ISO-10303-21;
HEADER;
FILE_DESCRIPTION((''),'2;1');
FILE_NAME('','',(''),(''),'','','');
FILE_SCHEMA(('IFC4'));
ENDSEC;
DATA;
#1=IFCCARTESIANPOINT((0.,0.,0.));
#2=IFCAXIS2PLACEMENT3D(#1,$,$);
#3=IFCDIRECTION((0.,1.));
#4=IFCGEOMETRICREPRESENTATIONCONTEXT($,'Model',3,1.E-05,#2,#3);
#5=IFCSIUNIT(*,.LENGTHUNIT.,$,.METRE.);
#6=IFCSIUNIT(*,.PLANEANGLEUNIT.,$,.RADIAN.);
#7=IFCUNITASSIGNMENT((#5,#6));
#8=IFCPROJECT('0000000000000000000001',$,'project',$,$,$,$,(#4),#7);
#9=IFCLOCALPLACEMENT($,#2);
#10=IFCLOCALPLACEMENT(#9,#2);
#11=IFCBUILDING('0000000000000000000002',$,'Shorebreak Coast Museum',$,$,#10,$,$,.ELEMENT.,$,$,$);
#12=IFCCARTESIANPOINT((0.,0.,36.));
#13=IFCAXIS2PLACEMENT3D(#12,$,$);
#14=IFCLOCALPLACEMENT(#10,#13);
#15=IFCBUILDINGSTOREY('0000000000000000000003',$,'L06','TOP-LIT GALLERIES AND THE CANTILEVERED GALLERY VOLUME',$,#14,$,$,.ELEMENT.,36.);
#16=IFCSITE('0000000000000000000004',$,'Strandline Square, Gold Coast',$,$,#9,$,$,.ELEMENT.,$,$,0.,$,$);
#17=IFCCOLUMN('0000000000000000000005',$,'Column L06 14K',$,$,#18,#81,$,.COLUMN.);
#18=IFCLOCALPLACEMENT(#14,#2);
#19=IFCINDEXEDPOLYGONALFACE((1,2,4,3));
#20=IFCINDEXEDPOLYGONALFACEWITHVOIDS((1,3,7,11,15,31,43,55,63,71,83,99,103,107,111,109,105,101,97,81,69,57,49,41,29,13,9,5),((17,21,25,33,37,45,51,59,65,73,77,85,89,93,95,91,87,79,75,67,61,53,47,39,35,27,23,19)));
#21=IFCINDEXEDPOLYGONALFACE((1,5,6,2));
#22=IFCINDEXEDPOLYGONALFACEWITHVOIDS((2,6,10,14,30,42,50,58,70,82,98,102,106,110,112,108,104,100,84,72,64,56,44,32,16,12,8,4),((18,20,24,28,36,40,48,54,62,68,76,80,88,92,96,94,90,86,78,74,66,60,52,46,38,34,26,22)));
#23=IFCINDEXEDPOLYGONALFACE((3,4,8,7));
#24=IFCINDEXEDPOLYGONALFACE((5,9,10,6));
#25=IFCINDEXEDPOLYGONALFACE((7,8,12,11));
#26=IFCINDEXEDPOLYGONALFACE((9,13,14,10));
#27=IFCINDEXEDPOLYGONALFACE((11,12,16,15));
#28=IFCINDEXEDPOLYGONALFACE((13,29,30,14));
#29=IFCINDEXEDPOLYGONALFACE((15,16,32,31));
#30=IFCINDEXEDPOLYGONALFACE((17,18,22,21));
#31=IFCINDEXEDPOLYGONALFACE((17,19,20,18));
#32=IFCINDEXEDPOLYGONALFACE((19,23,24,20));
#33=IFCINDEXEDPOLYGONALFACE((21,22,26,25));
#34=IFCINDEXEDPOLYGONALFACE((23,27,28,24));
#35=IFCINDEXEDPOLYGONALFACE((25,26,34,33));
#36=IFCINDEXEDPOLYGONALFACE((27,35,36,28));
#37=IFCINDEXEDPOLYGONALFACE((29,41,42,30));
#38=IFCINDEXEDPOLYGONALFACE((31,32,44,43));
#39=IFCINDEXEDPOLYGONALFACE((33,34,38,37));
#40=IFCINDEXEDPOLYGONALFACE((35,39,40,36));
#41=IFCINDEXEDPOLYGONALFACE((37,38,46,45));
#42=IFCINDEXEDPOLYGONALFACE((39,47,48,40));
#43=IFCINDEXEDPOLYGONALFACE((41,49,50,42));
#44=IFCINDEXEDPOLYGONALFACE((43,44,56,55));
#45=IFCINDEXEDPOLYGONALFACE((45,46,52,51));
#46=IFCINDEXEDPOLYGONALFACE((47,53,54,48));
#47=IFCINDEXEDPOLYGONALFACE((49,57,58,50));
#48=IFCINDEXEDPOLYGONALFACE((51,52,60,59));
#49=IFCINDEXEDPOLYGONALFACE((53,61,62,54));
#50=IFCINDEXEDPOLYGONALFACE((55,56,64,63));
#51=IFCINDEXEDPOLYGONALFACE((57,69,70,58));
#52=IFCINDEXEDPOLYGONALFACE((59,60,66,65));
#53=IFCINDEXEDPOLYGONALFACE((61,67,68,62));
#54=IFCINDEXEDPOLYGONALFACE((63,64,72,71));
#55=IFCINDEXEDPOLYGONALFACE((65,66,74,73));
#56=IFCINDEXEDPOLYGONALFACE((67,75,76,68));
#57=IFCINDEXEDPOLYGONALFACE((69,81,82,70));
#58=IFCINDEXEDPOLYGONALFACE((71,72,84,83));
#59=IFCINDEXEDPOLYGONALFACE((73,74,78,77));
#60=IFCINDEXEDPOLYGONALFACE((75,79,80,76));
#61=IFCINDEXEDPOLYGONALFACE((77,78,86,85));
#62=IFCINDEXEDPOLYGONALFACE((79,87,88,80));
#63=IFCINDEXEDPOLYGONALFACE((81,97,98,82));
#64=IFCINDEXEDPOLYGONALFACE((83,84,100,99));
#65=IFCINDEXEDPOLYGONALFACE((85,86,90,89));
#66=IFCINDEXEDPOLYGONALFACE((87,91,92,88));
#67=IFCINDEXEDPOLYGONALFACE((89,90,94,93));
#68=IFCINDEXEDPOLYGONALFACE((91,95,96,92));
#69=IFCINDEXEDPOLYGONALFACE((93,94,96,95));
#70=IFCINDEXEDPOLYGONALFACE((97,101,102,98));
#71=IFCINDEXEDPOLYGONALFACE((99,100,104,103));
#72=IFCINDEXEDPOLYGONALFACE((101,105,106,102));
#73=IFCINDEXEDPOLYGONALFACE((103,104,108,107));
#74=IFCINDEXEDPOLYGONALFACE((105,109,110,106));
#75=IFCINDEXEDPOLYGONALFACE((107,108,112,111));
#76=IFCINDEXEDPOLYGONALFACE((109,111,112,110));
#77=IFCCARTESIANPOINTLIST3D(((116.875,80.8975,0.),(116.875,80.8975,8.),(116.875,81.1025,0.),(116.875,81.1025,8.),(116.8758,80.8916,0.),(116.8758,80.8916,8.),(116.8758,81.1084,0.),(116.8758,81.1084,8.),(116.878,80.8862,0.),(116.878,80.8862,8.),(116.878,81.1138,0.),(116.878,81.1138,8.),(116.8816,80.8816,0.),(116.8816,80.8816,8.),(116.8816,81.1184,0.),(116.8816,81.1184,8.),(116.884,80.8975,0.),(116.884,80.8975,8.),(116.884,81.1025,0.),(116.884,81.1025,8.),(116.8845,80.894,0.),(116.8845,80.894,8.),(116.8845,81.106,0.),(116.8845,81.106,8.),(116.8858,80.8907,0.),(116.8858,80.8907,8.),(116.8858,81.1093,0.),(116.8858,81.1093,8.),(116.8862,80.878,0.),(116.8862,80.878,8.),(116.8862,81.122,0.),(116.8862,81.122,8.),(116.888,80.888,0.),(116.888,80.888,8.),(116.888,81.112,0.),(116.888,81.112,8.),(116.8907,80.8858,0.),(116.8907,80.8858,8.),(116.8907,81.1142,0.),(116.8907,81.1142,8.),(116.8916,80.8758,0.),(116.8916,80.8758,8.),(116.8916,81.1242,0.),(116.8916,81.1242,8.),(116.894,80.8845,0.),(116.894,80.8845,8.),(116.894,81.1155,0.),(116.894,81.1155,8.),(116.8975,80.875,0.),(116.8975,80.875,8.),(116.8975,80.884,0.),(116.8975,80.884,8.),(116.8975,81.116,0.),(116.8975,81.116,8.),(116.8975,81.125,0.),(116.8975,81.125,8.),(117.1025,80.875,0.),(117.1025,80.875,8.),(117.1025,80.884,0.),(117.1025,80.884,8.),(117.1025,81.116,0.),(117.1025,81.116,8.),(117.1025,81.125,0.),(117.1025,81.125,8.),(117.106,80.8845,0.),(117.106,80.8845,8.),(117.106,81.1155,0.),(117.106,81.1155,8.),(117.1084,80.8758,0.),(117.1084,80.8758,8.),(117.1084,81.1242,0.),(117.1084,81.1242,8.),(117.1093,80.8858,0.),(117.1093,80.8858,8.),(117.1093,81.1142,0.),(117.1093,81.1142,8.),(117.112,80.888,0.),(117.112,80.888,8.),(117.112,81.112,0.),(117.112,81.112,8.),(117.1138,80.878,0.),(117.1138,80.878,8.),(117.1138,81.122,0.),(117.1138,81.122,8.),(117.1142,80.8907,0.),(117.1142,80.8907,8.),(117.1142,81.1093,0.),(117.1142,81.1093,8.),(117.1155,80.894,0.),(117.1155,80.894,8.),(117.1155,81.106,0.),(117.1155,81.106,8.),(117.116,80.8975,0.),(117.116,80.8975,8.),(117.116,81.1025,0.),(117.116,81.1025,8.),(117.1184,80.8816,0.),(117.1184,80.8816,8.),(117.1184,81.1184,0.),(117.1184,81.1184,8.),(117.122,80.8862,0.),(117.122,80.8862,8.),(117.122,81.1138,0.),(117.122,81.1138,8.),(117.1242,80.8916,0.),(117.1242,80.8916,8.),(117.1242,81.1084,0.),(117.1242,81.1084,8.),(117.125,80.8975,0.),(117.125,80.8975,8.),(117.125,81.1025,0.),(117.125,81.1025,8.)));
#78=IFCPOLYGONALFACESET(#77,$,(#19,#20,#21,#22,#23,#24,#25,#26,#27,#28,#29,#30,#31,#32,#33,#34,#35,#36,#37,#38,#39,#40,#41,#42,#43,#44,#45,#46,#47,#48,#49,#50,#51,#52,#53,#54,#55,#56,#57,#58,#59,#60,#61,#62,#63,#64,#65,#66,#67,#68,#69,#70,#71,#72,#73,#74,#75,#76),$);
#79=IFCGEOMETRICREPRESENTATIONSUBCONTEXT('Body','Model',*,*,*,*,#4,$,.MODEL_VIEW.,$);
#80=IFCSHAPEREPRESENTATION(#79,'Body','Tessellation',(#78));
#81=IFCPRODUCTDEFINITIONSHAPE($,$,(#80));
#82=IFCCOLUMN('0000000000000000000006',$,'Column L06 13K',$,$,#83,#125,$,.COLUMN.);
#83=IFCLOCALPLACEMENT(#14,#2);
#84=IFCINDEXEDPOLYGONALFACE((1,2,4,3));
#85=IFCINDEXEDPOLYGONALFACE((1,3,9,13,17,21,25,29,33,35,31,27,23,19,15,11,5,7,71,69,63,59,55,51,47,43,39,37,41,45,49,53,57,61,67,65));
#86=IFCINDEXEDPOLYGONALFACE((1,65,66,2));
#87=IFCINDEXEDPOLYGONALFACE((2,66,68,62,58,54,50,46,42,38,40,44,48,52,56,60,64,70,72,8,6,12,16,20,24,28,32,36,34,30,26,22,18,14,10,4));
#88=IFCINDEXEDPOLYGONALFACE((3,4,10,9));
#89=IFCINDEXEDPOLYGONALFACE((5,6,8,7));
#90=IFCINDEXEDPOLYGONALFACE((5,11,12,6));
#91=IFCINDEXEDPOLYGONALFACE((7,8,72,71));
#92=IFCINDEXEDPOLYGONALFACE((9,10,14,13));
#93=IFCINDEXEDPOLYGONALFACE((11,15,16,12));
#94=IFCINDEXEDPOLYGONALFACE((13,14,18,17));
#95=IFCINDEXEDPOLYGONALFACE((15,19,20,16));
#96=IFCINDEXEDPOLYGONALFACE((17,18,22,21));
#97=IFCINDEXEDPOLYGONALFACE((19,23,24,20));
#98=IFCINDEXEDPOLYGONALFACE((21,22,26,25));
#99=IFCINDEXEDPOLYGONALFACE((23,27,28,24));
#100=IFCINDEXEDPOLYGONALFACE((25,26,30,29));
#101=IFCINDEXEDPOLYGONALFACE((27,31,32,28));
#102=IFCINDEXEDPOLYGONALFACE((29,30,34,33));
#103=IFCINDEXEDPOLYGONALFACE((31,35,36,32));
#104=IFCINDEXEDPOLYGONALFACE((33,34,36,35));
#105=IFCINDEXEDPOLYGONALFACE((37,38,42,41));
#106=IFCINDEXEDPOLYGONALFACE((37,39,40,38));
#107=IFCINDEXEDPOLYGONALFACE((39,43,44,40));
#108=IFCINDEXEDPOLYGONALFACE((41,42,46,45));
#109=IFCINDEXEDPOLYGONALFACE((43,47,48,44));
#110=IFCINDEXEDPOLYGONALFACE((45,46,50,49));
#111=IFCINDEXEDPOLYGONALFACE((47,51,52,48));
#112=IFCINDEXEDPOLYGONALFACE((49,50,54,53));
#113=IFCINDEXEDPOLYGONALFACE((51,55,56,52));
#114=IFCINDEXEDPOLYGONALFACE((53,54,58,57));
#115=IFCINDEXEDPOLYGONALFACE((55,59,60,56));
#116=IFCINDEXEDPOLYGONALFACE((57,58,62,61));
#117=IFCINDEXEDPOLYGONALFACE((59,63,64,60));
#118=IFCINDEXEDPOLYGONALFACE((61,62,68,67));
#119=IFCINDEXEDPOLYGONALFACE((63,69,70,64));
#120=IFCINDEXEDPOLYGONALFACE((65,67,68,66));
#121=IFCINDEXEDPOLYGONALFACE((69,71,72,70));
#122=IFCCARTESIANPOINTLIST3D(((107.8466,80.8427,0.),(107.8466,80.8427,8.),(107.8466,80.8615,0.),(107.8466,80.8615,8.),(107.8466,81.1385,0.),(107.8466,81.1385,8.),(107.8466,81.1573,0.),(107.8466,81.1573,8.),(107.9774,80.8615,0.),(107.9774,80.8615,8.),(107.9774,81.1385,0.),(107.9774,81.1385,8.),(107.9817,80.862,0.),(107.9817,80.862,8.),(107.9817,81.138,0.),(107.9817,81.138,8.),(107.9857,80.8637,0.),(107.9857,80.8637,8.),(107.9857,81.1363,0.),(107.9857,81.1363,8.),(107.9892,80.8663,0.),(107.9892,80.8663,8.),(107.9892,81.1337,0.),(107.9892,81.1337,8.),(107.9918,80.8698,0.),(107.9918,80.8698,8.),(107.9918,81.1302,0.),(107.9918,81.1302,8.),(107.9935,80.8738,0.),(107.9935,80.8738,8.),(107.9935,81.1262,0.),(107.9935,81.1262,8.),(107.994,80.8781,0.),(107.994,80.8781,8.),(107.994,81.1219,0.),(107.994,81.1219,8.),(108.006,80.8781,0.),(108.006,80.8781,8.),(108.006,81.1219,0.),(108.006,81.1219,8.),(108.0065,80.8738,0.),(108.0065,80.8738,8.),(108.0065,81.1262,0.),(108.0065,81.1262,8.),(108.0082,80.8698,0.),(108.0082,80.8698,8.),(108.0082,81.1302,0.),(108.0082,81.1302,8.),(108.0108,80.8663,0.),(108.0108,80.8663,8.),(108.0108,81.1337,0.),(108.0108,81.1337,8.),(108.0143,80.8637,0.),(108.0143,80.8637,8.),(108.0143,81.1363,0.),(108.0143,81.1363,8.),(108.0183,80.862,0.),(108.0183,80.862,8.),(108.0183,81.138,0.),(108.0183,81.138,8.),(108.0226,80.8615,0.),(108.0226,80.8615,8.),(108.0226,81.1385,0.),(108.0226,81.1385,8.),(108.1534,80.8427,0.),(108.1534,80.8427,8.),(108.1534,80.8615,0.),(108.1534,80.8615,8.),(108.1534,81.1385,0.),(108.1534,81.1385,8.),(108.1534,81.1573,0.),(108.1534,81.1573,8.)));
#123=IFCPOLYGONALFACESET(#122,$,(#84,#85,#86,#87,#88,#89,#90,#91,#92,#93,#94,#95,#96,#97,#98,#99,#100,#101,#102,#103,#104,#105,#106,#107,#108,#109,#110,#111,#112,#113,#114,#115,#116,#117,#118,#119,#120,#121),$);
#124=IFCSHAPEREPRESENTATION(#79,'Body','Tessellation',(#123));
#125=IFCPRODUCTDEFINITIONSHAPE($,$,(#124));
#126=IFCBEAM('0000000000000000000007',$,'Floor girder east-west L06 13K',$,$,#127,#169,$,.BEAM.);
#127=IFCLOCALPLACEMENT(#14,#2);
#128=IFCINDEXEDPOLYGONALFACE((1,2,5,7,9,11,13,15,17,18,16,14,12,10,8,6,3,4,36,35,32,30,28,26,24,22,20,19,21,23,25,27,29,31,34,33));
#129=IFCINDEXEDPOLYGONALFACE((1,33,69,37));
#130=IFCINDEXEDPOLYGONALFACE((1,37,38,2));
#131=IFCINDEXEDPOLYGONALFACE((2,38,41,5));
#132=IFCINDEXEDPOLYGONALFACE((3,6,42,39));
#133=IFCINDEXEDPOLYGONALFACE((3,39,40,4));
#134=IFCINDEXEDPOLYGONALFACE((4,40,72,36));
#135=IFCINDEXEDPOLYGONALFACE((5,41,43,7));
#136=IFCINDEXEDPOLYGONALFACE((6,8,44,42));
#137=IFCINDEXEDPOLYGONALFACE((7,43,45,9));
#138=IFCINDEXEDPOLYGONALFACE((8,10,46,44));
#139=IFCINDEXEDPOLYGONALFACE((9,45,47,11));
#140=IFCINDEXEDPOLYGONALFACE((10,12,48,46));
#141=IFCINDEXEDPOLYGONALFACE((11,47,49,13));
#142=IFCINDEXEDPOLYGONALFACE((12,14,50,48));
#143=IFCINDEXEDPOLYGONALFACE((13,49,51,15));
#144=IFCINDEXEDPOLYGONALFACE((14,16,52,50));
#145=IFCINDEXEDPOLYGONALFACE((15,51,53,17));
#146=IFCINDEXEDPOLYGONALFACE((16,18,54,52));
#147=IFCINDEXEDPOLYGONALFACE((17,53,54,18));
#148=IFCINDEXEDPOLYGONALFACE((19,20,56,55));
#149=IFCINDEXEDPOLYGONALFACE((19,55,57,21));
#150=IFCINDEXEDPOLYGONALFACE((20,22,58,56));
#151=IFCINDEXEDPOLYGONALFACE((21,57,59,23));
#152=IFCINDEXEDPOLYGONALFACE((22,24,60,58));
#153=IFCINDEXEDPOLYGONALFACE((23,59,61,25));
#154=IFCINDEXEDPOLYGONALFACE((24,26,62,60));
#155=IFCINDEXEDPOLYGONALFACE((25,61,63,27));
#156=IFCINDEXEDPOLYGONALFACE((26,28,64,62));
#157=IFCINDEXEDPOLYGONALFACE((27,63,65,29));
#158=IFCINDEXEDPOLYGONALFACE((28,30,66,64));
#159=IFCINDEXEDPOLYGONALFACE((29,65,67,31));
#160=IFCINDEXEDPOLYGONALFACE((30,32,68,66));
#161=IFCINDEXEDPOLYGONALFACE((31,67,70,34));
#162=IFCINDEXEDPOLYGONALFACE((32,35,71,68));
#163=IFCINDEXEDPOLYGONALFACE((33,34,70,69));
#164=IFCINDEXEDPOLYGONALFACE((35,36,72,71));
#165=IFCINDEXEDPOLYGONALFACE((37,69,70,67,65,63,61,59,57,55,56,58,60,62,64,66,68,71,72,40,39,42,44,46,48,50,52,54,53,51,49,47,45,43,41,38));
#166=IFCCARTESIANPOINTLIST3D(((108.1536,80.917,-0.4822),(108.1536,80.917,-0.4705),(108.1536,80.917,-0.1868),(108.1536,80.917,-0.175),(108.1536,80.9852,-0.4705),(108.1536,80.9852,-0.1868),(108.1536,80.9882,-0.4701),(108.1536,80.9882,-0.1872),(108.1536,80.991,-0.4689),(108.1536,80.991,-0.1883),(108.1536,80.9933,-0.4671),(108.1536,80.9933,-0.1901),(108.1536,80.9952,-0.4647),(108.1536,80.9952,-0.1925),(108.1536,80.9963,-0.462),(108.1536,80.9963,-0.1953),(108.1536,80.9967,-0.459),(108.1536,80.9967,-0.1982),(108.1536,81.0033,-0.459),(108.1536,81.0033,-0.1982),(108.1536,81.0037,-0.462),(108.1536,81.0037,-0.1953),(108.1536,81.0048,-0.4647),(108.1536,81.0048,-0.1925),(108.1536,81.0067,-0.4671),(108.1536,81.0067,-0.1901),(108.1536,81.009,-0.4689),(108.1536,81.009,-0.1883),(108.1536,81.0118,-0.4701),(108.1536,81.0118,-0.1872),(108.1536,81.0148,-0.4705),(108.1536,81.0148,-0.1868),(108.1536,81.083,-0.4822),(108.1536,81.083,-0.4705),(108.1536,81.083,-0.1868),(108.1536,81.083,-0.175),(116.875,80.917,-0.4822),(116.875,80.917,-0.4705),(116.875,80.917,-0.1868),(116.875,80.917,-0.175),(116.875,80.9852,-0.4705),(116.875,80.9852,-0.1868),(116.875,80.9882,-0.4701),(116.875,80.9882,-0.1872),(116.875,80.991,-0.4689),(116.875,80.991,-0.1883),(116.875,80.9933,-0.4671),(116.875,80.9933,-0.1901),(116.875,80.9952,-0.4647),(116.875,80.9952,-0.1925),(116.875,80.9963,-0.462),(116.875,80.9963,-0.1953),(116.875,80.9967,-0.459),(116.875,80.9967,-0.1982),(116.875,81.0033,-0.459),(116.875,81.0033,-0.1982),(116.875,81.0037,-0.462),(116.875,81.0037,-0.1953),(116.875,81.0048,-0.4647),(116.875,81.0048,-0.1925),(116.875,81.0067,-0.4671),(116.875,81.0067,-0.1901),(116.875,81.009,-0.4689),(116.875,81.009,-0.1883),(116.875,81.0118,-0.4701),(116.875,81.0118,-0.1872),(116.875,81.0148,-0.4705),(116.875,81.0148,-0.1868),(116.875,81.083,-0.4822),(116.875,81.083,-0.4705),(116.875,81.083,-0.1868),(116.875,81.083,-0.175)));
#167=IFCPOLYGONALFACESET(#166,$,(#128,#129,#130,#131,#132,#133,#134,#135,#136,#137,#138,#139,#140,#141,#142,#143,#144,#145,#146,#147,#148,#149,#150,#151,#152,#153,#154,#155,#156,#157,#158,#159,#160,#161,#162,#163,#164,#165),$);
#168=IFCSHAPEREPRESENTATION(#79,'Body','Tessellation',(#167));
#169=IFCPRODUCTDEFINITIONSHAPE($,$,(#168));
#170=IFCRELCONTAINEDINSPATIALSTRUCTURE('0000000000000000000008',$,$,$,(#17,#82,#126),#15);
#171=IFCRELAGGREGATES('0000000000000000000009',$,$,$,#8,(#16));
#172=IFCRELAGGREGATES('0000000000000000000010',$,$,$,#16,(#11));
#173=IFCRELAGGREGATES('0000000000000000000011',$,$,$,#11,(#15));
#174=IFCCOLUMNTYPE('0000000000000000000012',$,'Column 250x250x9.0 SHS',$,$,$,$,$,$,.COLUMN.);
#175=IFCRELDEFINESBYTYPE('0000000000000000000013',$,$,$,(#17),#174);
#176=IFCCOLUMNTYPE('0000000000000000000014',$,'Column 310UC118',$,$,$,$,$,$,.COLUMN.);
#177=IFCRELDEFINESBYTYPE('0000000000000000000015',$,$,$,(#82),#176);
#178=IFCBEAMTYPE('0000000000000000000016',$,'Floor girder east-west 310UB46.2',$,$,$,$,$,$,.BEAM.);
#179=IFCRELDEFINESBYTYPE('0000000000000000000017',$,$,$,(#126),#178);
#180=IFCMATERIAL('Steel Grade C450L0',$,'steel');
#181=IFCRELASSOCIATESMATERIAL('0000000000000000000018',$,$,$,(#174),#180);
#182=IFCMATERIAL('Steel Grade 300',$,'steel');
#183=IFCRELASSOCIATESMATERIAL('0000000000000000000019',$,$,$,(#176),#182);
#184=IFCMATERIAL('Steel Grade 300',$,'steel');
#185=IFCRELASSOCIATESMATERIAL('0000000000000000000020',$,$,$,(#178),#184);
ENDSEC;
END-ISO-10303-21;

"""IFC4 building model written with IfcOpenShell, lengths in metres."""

from ifc_helpers import new_model, si_unit, direction, frame, origin, origin_2d, place, context, subcontext, project, spatial, hollow_rectangle, i_section, extrude, material, material_profile, profile_set, type_object, element, save


model = new_model("IFC4")

# Units and contexts
model_context = context("Model", 3, precision=1e-05, world=origin(), true_north=direction((0.0, 1.0)))
body_context = subcontext(model_context, "Body", "Model", "MODEL_VIEW")
ifc_project = project(units=[si_unit("LENGTHUNIT", "METRE"), si_unit("PLANEANGLEUNIT", "RADIAN")], contexts=[model_context])

# Site, building, storey
site_placement = place(None, origin())
site = spatial("IfcSite", under=ifc_project, at=site_placement, Name="Strandline Square, Gold Coast", CompositionType="ELEMENT", RefElevation=0.0)
building_placement = place(site_placement, origin())
building = spatial("IfcBuilding", under=site, at=building_placement, Name="Shorebreak Coast Museum", CompositionType="ELEMENT")
storey_placement = place(building_placement, frame((0.0, 0.0, 36.0)))
storey = spatial("IfcBuildingStorey", under=building, at=storey_placement, Name="L06", Description="TOP-LIT GALLERIES AND THE CANTILEVERED GALLERY VOLUME", CompositionType="ELEMENT", Elevation=36.0)

# Columns
ifc_material_1 = material(Name="Steel Grade C450L0", Category="steel")
ifc_material_profile_1 = material_profile(ifc_material_1, hollow_rectangle(XDim=0.25, YDim=0.25, WallThickness=0.009, InnerFilletRadius=0.0134, OuterFilletRadius=0.0225, at=origin_2d()), Name="250x250x9.0 SHS")
ifc_profile_set_1 = profile_set([ifc_material_profile_1], Name="Steel Grade C450L0")
column_type_1 = type_object("IfcColumnType", Name="Column 250x250x9.0 SHS", PredefinedType="COLUMN", material=ifc_profile_set_1)
column_1_placement = place(storey_placement, frame((117.0, 81.0, 0.0), z_axis=(0.0, 0.0, 1.0), x_axis=(1.0, 0.0, 0.0)))
element("IfcColumn", 1, at=column_1_placement, inside=storey, type_object=column_type_1, Name="Column L06 14K", PredefinedType="COLUMN", context=body_context, shape_type="SweptSolid", body=[
    extrude(hollow_rectangle(XDim=0.25, YDim=0.25, WallThickness=0.009, InnerFilletRadius=0.0134, OuterFilletRadius=0.0225, at=origin_2d()), origin(), (0.0, 0.0, 1.0), 8.0),
])
ifc_material_2 = material(Name="Steel Grade 300", Category="steel")
ifc_material_profile_2 = material_profile(ifc_material_2, i_section(OverallWidth=0.3069, OverallDepth=0.3147, WebThickness=0.012, FlangeThickness=0.0188, FilletRadius=0.0166, at=origin_2d()), Name="310UC118")
ifc_profile_set_2 = profile_set([ifc_material_profile_2], Name="Steel Grade 300")
column_type_2 = type_object("IfcColumnType", Name="Column 310UC118", PredefinedType="COLUMN", material=ifc_profile_set_2)
column_2_placement = place(storey_placement, frame((108.0, 81.0, 0.0), z_axis=(0.0, 0.0, 1.0), x_axis=(1.0, 0.0, 0.0)))
element("IfcColumn", 2, at=column_2_placement, inside=storey, type_object=column_type_2, Name="Column L06 13K", PredefinedType="COLUMN", context=body_context, shape_type="SweptSolid", body=[
    extrude(i_section(OverallWidth=0.3069, OverallDepth=0.3147, WebThickness=0.012, FlangeThickness=0.0188, FilletRadius=0.0166, at=origin_2d()), origin(), (0.0, 0.0, 1.0), 8.0),
])

# Beam
ifc_material_3 = material(Name="Steel Grade 300", Category="steel")
ifc_material_profile_3 = material_profile(ifc_material_3, i_section(OverallWidth=0.166, OverallDepth=0.3071, WebThickness=0.0066, FlangeThickness=0.0117, FilletRadius=0.0115, at=origin_2d()), Name="310UB46.2")
ifc_profile_set_3 = profile_set([ifc_material_profile_3], Name="Steel Grade 300")
beam_type_1 = type_object("IfcBeamType", Name="Floor girder east-west 310UB46.2", PredefinedType="BEAM", material=ifc_profile_set_3)
beam_1_placement = place(storey_placement, frame((108.1536, 81.0, -0.3286), z_axis=(1.0, 0.0, 0.0), x_axis=(0.0, 1.0, 0.0)))
element("IfcBeam", 3, at=beam_1_placement, inside=storey, type_object=beam_type_1, Name="Floor girder east-west L06 13K", PredefinedType="BEAM", context=body_context, shape_type="SweptSolid", body=[
    extrude(i_section(OverallWidth=0.166, OverallDepth=0.3071, WebThickness=0.0066, FlangeThickness=0.0117, FilletRadius=0.0115, at=origin_2d()), origin(), (0.0, 0.0, 1.0), 8.7214),
])

save(model, "model.ifc")
